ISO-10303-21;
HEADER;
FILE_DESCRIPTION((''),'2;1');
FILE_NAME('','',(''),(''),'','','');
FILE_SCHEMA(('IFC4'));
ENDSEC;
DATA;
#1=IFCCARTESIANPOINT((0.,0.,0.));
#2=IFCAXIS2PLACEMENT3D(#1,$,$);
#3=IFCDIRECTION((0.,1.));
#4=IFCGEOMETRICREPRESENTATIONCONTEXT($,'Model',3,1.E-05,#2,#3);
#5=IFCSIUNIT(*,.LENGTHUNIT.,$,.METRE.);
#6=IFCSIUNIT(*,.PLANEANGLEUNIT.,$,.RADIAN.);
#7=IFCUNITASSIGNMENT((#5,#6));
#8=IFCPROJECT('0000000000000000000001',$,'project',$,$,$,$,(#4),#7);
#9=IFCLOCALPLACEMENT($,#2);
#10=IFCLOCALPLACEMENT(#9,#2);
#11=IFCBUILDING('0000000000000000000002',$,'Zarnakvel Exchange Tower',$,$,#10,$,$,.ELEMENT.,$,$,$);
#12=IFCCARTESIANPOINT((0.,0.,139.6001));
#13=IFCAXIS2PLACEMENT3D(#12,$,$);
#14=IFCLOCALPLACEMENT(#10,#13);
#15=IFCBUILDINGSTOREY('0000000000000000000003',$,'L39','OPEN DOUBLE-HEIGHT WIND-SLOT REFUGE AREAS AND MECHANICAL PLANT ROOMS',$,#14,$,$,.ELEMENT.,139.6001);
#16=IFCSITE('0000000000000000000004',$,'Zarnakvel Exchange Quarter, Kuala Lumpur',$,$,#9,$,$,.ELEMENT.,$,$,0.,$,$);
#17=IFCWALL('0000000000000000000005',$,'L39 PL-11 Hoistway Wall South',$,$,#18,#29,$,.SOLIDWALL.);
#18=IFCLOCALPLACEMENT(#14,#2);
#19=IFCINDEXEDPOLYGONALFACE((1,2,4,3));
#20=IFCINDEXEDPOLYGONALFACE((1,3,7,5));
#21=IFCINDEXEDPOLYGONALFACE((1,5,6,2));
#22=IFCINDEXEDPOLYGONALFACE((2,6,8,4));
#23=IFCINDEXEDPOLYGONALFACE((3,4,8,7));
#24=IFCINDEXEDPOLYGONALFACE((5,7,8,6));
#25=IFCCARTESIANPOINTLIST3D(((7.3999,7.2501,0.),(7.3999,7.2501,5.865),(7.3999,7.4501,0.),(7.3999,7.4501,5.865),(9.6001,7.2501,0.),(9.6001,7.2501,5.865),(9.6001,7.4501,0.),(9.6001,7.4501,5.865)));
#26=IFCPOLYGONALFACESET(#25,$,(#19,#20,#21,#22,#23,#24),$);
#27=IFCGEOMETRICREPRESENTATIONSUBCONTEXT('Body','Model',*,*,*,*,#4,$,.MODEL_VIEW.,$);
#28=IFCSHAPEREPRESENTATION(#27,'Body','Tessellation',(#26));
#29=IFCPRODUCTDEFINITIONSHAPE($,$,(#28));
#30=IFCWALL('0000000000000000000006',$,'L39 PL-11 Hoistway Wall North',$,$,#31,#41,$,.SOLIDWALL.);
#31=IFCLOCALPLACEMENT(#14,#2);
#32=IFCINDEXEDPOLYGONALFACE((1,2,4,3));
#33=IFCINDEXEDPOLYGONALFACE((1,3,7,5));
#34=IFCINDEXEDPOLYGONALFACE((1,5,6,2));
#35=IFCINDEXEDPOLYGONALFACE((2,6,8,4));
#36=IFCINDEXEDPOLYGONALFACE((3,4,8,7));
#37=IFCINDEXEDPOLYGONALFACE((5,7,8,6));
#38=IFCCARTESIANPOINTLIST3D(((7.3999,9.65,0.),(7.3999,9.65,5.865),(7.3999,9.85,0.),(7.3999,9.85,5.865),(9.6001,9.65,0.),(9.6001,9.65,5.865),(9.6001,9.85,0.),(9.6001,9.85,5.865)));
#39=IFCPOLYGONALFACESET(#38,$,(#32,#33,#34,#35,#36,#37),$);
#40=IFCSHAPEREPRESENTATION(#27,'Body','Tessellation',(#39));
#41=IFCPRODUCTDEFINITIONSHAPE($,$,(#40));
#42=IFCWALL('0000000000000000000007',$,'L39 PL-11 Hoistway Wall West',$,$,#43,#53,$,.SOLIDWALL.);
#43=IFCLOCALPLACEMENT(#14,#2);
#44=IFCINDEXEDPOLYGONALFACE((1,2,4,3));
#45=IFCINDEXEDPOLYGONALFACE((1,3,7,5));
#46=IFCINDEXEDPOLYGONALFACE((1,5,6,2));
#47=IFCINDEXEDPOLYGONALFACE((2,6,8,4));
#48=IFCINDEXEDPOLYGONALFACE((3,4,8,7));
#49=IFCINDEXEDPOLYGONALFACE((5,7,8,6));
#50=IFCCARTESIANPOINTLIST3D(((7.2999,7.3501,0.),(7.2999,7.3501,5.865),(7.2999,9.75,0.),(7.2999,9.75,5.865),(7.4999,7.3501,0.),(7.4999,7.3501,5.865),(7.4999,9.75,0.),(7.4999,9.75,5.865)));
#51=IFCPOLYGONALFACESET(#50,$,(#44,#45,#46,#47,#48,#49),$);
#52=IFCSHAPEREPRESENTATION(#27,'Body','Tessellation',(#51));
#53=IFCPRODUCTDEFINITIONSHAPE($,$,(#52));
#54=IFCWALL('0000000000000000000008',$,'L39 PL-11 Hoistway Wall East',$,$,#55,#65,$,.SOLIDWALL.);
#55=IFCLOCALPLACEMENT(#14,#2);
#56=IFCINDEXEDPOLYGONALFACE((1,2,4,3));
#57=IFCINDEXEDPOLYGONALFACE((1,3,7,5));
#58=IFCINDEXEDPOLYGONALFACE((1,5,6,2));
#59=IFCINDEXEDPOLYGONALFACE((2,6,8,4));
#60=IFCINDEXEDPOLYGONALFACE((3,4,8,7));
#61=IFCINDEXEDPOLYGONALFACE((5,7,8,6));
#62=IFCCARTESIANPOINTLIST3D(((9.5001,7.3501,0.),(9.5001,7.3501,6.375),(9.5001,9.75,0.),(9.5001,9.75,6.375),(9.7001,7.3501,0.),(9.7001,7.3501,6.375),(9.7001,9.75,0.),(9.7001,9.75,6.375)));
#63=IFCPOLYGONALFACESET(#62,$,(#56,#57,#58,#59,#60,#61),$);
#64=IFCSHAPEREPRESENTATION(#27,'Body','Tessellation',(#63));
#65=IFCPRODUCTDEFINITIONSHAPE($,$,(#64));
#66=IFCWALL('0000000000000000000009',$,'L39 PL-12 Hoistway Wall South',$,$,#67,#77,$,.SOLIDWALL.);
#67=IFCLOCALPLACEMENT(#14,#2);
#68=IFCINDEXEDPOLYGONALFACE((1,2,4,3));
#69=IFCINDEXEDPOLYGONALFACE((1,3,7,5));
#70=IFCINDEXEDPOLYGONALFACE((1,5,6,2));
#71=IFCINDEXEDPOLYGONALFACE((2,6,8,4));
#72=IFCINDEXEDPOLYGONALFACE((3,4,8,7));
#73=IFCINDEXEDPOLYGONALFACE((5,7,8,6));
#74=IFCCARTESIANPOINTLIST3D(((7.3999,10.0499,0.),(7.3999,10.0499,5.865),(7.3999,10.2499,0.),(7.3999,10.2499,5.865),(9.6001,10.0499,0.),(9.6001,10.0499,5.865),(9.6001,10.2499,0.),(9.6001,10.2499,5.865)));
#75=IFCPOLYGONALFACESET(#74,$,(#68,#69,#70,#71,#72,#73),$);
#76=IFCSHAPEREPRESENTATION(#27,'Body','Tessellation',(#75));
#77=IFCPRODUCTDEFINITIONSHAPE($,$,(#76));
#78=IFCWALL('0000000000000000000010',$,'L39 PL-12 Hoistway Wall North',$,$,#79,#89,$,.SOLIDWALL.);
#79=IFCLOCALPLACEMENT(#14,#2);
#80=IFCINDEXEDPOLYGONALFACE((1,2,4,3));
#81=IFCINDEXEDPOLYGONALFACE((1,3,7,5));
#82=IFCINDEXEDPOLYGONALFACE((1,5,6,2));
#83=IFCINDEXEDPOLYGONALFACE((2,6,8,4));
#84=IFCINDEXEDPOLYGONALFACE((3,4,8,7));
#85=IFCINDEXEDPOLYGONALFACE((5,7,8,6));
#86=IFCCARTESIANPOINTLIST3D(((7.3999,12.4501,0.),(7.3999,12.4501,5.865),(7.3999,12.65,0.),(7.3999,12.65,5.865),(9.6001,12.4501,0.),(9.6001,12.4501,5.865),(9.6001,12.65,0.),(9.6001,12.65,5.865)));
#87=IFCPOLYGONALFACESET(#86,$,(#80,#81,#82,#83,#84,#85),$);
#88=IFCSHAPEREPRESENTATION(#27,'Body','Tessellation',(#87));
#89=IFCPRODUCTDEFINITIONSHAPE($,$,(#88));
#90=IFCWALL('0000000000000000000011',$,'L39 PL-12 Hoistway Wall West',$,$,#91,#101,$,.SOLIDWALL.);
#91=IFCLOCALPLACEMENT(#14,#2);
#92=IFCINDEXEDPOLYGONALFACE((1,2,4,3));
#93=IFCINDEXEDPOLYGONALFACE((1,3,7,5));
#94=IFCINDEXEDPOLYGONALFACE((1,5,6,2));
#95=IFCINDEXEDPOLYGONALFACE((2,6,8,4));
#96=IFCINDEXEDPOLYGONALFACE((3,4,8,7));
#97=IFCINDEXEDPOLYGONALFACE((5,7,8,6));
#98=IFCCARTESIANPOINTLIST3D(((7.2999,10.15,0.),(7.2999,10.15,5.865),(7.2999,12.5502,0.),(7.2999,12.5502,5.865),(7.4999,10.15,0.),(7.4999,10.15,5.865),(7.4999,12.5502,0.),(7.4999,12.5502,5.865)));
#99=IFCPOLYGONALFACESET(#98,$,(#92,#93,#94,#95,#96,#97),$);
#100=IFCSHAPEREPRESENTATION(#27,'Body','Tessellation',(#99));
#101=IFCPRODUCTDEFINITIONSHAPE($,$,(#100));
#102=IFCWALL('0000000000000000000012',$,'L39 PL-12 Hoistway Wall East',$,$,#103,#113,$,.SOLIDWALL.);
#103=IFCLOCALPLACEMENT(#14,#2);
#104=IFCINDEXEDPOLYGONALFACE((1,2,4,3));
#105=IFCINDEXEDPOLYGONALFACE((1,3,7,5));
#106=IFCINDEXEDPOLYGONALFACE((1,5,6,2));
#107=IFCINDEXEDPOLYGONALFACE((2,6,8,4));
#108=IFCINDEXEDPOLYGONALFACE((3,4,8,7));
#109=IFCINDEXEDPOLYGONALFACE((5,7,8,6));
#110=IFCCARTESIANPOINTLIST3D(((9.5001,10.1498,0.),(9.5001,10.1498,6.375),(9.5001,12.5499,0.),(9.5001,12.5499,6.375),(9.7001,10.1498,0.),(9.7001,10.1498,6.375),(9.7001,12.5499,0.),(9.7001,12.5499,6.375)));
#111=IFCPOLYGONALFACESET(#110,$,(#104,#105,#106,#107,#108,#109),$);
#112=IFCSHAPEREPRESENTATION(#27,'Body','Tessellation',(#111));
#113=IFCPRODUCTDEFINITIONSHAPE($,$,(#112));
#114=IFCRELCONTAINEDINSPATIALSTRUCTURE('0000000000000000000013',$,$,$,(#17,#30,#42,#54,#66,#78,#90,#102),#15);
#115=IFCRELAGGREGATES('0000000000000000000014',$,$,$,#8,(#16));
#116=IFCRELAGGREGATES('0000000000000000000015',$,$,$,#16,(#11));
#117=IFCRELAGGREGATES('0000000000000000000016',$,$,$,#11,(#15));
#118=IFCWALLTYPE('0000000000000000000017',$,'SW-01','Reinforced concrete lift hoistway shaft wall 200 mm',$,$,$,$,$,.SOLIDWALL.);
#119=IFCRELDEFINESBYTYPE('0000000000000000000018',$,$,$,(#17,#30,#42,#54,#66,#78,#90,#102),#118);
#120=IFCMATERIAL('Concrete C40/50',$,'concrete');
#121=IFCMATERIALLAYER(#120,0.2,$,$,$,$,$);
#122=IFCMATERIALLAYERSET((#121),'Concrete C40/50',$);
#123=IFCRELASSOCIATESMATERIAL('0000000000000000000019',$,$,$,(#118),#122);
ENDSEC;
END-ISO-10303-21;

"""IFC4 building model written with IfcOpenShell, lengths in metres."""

from ifc_helpers import new_model, si_unit, direction, frame, frame_2d, origin, place, context, subcontext, project, spatial, rectangle, extrude, material, layer, layer_set, type_object, element, save


model = new_model("IFC4")

# Units and contexts
model_context = context("Model", 3, precision=1e-05, world=origin(), true_north=direction((0.0, 1.0)))
body_context = subcontext(model_context, "Body", "Model", "MODEL_VIEW")
ifc_project = project(units=[si_unit("LENGTHUNIT", "METRE"), si_unit("PLANEANGLEUNIT", "RADIAN")], contexts=[model_context])

# Site, building, storey
site_placement = place(None, origin())
site = spatial("IfcSite", under=ifc_project, at=site_placement, Name="Zarnakvel Exchange Quarter, Kuala Lumpur", CompositionType="ELEMENT", RefElevation=0.0)
building_placement = place(site_placement, origin())
building = spatial("IfcBuilding", under=site, at=building_placement, Name="Zarnakvel Exchange Tower", CompositionType="ELEMENT")
storey_placement = place(building_placement, frame((0.0, 0.0, 139.6001)))
storey = spatial("IfcBuildingStorey", under=building, at=storey_placement, Name="L39", Description="OPEN DOUBLE-HEIGHT WIND-SLOT REFUGE AREAS AND MECHANICAL PLANT ROOMS", CompositionType="ELEMENT", Elevation=139.6001)

# Shared definitions
ifc_material_1 = material(Name="Concrete C40/50", Category="concrete")
ifc_layer_1 = layer(ifc_material_1, 0.2)
ifc_layer_set_1 = layer_set([ifc_layer_1], Name="Concrete C40/50")
wall_type_1 = type_object("IfcWallType", Name="SW-01", Description="Reinforced concrete lift hoistway shaft wall 200 mm", PredefinedType="SOLIDWALL", material=ifc_layer_set_1)

# Walls
for number, where, z_axis, x_axis, name in (
    (1, (9.6001, 7.3501, 0.0), (0.0, 0.0, 1.0), (-1.0, 0.0, 0.0), "L39 PL-11 Hoistway Wall South"),
    (2, (7.3999, 9.75, 0.0), (0.0, 0.0, 1.0), (1.0, 0.0, 0.0), "L39 PL-11 Hoistway Wall North"),
):
    element("IfcWall", number, at=place(storey_placement, frame(where, z_axis=z_axis, x_axis=x_axis)), inside=storey, type_object=wall_type_1, Name=name, PredefinedType="SOLIDWALL", context=body_context, shape_type="SweptSolid", body=[
        extrude(rectangle(XDim=2.2002, YDim=0.2, at=frame_2d((1.1001, 0.0))), origin(), (0.0, 0.0, 1.0), 5.865),
    ])
wall_1_placement = place(storey_placement, frame((7.3999, 7.3501, 0.0), z_axis=(0.0, 0.0, 1.0), x_axis=(0.0, 1.0, 0.0)))
element("IfcWall", 3, at=wall_1_placement, inside=storey, type_object=wall_type_1, Name="L39 PL-11 Hoistway Wall West", PredefinedType="SOLIDWALL", context=body_context, shape_type="SweptSolid", body=[
    extrude(rectangle(XDim=2.3999, YDim=0.2, at=frame_2d((1.2, 0.0))), origin(), (0.0, 0.0, 1.0), 5.865),
])
wall_2_placement = place(storey_placement, frame((9.6001, 9.75, 0.0), z_axis=(0.0, 0.0, 1.0), x_axis=(0.0, -1.0, 0.0)))
element("IfcWall", 4, at=wall_2_placement, inside=storey, type_object=wall_type_1, Name="L39 PL-11 Hoistway Wall East", PredefinedType="SOLIDWALL", context=body_context, shape_type="SweptSolid", body=[
    extrude(rectangle(XDim=2.3999, YDim=0.2, at=frame_2d((1.2, 0.0))), origin(), (0.0, 0.0, 1.0), 6.375),
])
for number, where, z_axis, x_axis, name in (
    (5, (9.6001, 10.1499, 0.0), (0.0, 0.0, 1.0), (-1.0, 0.0, 0.0), "L39 PL-12 Hoistway Wall South"),
    (6, (7.3999, 12.55, 0.0), (0.0, 0.0, 1.0), (1.0, 0.0, 0.0), "L39 PL-12 Hoistway Wall North"),
):
    element("IfcWall", number, at=place(storey_placement, frame(where, z_axis=z_axis, x_axis=x_axis)), inside=storey, type_object=wall_type_1, Name=name, PredefinedType="SOLIDWALL", context=body_context, shape_type="SweptSolid", body=[
        extrude(rectangle(XDim=2.2002, YDim=0.2, at=frame_2d((1.1001, 0.0))), origin(), (0.0, 0.0, 1.0), 5.865),
    ])
wall_3_placement = place(storey_placement, frame((7.3999, 10.1499, 0.0), z_axis=(0.0, 0.0, 1.0), x_axis=(0.0, 1.0, 0.0)))
element("IfcWall", 7, at=wall_3_placement, inside=storey, type_object=wall_type_1, Name="L39 PL-12 Hoistway Wall West", PredefinedType="SOLIDWALL", context=body_context, shape_type="SweptSolid", body=[
    extrude(rectangle(XDim=2.4001, YDim=0.2, at=frame_2d((1.2002, 0.0))), origin(), (0.0, 0.0, 1.0), 5.865),
])
wall_4_placement = place(storey_placement, frame((9.6001, 12.55, 0.0), z_axis=(0.0, 0.0, 1.0), x_axis=(0.0, -1.0, 0.0)))
element("IfcWall", 8, at=wall_4_placement, inside=storey, type_object=wall_type_1, Name="L39 PL-12 Hoistway Wall East", PredefinedType="SOLIDWALL", context=body_context, shape_type="SweptSolid", body=[
    extrude(rectangle(XDim=2.4001, YDim=0.2, at=frame_2d((1.2002, 0.0))), origin(), (0.0, 0.0, 1.0), 6.375),
])

save(model, "model.ifc")
